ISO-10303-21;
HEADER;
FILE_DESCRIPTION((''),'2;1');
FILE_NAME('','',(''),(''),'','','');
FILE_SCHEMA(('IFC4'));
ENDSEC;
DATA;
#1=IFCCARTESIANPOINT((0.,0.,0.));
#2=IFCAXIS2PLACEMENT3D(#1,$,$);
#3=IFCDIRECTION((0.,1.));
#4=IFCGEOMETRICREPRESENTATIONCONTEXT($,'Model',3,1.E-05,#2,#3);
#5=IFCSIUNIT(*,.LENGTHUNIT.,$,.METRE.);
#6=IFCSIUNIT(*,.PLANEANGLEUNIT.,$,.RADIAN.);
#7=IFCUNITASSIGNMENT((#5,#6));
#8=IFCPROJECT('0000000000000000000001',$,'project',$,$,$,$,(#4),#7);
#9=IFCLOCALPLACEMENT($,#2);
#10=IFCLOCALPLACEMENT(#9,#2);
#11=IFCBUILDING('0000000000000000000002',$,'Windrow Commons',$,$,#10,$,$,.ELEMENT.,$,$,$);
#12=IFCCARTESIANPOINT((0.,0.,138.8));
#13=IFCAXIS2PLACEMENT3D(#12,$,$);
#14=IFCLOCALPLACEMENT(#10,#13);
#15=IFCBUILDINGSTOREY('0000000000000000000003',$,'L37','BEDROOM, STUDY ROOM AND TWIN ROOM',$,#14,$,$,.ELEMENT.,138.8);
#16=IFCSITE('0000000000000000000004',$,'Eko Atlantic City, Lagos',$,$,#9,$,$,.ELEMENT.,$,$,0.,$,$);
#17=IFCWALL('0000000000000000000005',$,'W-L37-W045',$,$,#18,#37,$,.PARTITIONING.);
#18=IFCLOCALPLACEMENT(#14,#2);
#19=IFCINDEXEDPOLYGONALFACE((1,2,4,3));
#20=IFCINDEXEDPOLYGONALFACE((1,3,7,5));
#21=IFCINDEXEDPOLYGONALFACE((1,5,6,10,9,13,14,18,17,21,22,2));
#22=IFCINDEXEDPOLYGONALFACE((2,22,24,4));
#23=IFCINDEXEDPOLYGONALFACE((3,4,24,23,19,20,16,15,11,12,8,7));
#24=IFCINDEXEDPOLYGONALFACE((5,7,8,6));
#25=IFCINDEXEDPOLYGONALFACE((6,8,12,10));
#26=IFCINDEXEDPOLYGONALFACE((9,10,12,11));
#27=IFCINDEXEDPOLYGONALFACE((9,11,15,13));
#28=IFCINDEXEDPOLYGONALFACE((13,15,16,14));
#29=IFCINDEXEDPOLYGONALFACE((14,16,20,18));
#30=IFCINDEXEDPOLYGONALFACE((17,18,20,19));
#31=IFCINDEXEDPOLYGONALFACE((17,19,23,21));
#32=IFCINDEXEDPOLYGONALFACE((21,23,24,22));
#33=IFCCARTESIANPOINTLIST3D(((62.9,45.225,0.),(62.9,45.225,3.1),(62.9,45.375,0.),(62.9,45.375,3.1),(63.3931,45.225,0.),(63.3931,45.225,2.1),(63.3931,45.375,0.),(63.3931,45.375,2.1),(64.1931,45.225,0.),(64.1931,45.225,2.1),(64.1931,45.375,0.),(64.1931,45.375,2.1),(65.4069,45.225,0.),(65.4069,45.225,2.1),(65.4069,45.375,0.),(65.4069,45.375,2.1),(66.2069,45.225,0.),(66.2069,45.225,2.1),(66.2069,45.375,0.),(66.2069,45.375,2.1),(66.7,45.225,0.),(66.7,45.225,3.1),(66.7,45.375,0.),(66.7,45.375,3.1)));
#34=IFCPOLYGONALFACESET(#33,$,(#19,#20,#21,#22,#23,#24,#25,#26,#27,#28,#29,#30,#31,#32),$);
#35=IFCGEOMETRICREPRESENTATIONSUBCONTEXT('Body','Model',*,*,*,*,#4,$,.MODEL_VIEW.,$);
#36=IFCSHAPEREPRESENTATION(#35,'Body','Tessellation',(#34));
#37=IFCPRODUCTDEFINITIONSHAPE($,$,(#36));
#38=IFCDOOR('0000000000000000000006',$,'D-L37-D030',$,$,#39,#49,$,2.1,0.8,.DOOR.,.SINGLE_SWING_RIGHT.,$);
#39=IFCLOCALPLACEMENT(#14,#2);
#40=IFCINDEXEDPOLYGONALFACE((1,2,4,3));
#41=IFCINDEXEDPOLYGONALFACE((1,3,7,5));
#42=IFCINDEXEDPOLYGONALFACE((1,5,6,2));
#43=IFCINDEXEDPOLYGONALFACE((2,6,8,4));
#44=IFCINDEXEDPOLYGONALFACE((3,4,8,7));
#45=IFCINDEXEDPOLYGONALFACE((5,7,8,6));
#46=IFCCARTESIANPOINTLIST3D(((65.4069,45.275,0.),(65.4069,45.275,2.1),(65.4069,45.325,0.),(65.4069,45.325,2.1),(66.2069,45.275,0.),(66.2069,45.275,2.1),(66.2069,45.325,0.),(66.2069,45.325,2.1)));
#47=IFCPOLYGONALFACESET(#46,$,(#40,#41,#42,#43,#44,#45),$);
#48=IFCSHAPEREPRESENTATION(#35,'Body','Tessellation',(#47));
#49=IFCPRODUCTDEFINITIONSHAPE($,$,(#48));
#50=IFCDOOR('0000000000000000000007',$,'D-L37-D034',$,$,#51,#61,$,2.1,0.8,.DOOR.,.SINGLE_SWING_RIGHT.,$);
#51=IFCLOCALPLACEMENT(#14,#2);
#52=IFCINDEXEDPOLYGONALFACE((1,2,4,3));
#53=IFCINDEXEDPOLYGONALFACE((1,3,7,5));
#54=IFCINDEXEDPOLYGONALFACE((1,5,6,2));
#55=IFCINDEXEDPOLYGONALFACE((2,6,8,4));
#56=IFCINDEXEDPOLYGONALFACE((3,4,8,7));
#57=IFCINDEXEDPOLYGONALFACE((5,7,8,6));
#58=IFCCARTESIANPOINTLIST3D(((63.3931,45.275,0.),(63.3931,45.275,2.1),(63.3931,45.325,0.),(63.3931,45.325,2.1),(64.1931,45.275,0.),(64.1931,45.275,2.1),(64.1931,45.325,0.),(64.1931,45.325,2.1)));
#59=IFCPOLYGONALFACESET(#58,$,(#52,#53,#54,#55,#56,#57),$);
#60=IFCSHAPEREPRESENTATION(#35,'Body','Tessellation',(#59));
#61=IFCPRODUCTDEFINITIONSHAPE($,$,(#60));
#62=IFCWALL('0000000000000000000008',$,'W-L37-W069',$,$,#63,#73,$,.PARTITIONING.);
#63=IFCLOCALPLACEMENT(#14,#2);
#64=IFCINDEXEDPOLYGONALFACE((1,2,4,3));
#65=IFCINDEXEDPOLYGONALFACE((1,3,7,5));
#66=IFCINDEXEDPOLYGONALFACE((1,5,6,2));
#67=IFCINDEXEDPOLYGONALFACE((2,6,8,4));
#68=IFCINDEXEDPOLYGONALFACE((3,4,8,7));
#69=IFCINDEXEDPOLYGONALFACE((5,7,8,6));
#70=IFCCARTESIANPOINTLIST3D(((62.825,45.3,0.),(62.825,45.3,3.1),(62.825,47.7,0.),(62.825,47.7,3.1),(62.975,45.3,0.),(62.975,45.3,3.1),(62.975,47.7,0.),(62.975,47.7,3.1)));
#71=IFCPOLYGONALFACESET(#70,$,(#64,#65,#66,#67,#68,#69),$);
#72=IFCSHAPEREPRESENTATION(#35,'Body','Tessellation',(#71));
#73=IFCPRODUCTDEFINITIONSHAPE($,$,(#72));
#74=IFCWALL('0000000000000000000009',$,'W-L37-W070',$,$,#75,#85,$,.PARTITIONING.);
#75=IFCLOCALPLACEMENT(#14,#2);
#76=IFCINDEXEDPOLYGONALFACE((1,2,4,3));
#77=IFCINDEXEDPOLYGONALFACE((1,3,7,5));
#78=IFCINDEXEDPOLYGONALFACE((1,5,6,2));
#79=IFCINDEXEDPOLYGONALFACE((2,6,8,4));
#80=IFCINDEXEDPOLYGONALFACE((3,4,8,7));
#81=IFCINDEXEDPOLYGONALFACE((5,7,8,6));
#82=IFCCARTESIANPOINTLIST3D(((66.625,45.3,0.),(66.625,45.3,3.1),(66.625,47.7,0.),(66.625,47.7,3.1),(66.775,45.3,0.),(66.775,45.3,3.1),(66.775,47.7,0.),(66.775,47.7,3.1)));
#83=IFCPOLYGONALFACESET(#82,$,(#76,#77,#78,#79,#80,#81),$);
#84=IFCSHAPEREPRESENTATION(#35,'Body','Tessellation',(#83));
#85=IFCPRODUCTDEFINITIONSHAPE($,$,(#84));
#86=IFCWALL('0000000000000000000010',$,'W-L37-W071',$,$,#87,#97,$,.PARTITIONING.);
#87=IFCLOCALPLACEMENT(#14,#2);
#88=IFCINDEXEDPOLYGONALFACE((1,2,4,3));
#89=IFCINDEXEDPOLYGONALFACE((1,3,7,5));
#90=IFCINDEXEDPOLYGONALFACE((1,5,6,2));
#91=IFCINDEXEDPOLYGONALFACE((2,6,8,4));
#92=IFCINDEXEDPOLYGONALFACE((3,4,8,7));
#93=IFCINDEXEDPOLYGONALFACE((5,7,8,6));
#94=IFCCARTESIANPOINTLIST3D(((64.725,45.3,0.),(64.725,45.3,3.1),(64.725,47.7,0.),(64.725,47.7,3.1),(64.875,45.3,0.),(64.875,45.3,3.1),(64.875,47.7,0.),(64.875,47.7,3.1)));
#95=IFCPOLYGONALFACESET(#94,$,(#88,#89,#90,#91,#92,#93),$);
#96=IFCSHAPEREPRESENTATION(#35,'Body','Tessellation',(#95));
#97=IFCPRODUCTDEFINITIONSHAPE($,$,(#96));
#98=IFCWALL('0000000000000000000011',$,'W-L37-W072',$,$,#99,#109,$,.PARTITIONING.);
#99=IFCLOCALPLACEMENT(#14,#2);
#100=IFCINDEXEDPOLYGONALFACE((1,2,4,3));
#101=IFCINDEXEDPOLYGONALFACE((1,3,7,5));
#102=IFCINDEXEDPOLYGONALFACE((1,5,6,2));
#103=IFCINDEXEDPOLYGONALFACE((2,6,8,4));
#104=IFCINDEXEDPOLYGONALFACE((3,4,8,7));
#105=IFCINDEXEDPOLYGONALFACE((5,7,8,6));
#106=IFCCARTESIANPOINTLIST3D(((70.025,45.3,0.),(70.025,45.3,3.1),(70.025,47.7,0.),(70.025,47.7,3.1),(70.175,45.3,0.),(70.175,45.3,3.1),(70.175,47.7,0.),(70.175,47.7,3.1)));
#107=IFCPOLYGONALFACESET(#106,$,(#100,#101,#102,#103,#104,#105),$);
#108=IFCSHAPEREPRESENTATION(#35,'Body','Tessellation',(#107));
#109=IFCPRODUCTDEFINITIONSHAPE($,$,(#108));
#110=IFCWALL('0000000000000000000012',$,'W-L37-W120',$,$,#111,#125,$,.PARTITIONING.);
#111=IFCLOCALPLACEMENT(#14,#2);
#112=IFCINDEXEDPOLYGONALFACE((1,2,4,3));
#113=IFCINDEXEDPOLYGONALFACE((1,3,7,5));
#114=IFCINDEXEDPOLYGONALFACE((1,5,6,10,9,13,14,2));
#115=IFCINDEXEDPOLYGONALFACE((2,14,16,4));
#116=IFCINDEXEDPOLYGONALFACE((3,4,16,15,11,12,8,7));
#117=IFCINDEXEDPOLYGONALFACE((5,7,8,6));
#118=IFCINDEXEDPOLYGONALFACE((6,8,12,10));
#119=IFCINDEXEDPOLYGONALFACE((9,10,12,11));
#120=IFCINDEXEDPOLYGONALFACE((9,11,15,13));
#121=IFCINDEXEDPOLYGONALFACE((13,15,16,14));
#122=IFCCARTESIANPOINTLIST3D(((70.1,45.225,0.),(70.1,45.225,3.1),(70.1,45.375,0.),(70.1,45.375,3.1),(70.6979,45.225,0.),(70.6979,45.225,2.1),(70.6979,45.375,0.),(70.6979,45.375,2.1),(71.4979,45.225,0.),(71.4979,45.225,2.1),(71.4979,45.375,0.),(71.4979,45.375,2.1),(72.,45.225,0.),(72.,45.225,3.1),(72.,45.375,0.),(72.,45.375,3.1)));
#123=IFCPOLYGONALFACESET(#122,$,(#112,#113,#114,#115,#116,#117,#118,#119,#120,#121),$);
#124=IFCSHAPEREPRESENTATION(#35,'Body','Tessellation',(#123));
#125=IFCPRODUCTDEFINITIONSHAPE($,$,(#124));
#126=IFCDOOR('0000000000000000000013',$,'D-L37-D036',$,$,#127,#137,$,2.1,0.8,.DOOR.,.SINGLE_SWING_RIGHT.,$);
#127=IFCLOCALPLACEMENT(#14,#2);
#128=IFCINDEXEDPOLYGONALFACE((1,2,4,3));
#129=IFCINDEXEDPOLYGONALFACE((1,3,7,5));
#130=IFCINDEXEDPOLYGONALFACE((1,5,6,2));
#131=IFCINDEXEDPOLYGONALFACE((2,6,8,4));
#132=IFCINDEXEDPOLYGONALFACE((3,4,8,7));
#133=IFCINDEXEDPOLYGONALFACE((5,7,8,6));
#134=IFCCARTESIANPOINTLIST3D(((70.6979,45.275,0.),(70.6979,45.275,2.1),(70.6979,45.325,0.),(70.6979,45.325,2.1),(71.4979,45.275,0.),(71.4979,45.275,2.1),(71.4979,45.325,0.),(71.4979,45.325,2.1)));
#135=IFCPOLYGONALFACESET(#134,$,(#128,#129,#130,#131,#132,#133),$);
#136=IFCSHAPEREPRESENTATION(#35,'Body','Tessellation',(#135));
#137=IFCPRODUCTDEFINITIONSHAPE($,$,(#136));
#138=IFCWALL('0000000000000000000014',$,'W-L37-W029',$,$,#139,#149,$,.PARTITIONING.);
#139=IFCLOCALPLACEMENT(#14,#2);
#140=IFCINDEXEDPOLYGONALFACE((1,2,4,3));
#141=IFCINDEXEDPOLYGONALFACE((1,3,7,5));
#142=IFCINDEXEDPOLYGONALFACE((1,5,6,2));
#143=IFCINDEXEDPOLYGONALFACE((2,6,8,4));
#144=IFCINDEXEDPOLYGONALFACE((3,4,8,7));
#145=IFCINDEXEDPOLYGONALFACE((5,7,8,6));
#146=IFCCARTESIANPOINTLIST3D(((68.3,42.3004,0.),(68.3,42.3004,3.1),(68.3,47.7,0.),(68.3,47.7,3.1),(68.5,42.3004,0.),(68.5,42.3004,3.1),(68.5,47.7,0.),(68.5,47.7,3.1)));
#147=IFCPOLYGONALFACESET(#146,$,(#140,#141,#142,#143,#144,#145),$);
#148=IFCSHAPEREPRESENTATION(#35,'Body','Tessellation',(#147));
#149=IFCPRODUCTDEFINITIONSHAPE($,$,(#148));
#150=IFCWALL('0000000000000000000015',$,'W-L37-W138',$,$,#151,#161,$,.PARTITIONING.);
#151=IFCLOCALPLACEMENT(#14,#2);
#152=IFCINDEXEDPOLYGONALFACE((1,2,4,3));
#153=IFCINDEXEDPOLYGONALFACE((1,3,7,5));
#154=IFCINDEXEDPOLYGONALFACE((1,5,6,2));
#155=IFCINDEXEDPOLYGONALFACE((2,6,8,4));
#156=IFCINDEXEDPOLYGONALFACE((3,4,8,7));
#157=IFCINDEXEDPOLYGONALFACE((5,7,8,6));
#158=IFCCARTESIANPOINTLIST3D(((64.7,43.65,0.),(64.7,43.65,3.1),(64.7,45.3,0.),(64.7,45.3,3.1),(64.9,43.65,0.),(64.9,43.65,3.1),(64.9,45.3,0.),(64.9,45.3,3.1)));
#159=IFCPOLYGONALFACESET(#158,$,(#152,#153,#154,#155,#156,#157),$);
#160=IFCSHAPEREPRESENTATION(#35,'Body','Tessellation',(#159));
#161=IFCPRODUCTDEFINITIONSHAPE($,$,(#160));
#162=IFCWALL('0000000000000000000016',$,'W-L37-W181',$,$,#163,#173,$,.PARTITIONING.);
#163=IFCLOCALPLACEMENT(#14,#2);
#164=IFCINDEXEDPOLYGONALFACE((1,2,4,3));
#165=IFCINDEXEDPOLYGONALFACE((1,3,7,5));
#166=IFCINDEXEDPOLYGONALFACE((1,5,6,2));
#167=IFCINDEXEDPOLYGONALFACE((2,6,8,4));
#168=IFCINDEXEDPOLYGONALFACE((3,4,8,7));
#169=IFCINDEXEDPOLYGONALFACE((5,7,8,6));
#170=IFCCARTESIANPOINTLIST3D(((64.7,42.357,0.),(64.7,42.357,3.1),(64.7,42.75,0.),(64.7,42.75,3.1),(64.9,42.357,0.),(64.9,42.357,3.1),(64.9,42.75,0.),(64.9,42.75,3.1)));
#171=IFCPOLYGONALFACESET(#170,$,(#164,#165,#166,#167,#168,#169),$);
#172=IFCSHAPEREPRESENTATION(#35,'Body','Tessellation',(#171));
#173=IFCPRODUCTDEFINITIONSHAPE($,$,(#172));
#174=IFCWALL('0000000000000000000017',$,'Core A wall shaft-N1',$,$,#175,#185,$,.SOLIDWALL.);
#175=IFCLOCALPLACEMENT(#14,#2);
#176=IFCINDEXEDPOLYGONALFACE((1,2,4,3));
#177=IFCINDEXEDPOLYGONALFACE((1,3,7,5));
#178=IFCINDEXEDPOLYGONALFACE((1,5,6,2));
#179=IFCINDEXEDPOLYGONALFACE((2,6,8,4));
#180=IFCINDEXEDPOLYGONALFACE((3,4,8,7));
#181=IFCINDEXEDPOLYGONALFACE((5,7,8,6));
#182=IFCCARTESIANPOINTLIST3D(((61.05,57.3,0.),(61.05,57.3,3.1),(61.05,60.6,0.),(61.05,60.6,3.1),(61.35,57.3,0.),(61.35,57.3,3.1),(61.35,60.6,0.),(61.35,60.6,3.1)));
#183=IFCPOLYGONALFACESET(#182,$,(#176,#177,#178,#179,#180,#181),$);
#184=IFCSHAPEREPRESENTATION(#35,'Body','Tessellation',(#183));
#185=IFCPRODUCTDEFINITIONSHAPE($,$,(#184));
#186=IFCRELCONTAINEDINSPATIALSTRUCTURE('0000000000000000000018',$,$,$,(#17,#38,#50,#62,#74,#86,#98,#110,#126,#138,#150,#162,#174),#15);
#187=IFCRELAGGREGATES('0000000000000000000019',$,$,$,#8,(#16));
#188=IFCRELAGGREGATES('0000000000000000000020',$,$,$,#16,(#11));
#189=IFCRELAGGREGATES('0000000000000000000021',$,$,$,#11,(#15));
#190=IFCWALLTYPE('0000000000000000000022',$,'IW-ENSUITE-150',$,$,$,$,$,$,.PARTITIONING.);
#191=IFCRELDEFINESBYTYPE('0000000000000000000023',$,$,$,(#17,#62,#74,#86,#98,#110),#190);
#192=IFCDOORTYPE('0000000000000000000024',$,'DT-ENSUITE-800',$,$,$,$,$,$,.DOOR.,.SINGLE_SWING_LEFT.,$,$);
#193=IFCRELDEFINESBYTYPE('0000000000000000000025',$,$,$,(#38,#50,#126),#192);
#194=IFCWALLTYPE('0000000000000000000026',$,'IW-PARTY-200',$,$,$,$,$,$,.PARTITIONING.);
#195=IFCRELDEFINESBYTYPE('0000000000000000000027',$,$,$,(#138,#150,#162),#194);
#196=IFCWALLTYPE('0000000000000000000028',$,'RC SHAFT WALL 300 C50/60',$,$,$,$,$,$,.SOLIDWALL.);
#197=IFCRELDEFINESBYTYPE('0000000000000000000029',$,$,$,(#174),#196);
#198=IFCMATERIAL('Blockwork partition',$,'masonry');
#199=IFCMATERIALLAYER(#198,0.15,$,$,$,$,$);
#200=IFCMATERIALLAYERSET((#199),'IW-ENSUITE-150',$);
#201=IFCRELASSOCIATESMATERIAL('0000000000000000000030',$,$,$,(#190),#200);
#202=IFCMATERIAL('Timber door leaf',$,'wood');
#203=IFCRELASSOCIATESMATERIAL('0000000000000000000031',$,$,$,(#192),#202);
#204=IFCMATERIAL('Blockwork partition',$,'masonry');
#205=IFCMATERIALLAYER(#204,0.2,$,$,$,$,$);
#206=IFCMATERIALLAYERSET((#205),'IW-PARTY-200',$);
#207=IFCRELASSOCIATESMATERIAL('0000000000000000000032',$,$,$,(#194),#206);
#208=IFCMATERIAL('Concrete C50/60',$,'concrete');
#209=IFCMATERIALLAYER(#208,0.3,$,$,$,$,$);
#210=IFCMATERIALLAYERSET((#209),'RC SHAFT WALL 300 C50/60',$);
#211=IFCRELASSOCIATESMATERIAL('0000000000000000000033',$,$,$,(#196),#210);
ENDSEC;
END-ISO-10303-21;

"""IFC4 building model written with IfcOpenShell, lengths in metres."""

from ifc_helpers import new_model, si_unit, direction, frame, frame_2d, origin, place, context, subcontext, project, spatial, rectangle, extrude, material, layer, layer_set, type_object, element, fill, save


model = new_model("IFC4")

# Units and contexts
model_context = context("Model", 3, precision=1e-05, world=origin(), true_north=direction((0.0, 1.0)))
body_context = subcontext(model_context, "Body", "Model", "MODEL_VIEW")
ifc_project = project(units=[si_unit("LENGTHUNIT", "METRE"), si_unit("PLANEANGLEUNIT", "RADIAN")], contexts=[model_context])

# Site, building, storey
site_placement = place(None, origin())
site = spatial("IfcSite", under=ifc_project, at=site_placement, Name="Eko Atlantic City, Lagos", CompositionType="ELEMENT", RefElevation=0.0)
building_placement = place(site_placement, origin())
building = spatial("IfcBuilding", under=site, at=building_placement, Name="Windrow Commons", CompositionType="ELEMENT")
storey_placement = place(building_placement, frame((0.0, 0.0, 138.8)))
storey = spatial("IfcBuildingStorey", under=building, at=storey_placement, Name="L37", Description="BEDROOM, STUDY ROOM AND TWIN ROOM", CompositionType="ELEMENT", Elevation=138.8)

# Wall, openings, doors
ifc_material_1 = material(Name="Blockwork partition", Category="masonry")
ifc_layer_1 = layer(ifc_material_1, 0.15)
ifc_layer_set_1 = layer_set([ifc_layer_1], Name="IW-ENSUITE-150")
wall_type_1 = type_object("IfcWallType", Name="IW-ENSUITE-150", PredefinedType="PARTITIONING", material=ifc_layer_set_1)
wall_1_placement = place(storey_placement, frame((62.9, 45.3, 0.0), z_axis=(0.0, 0.0, 1.0), x_axis=(1.0, 0.0, 0.0)))
wall_1 = element("IfcWall", 1, at=wall_1_placement, inside=storey, type_object=wall_type_1, Name="W-L37-W045", PredefinedType="PARTITIONING", context=body_context, shape_type="SweptSolid", body=[
    extrude(rectangle(XDim=3.8, YDim=0.15, at=frame_2d((1.9, 0.0))), origin(), (0.0, 0.0, 1.0), 3.1),
])
opening_1_placement = place(wall_1_placement, frame((2.5069, 0.0, 0.0)))
opening_1 = element("IfcOpeningElement", 2, at=opening_1_placement, cuts=wall_1, PredefinedType="OPENING", context=body_context, shape_type="SweptSolid", body=[
    extrude(rectangle(XDim=0.8, YDim=2.1, at=frame_2d((0.4, 1.05))), frame((0.0, 0.085, 0.0), z_axis=(0.0, -1.0, 0.0), x_axis=(1.0, 0.0, 0.0)), (0.0, 0.0, 1.0), 0.17),
])
opening_2_placement = place(wall_1_placement, frame((0.4931, 0.0, 0.0)))
opening_2 = element("IfcOpeningElement", 3, at=opening_2_placement, cuts=wall_1, PredefinedType="OPENING", context=body_context, shape_type="SweptSolid", body=[
    extrude(rectangle(XDim=0.8, YDim=2.1, at=frame_2d((0.4, 1.05))), frame((0.0, 0.085, 0.0), z_axis=(0.0, -1.0, 0.0), x_axis=(1.0, 0.0, 0.0)), (0.0, 0.0, 1.0), 0.17),
])
ifc_material_2 = material(Name="Timber door leaf", Category="wood")
door_type = type_object("IfcDoorType", Name="DT-ENSUITE-800", OperationType="SINGLE_SWING_LEFT", PredefinedType="DOOR", material=ifc_material_2)
door_1_placement = place(opening_1_placement, origin())
door_1 = element("IfcDoor", 4, at=door_1_placement, inside=storey, type_object=door_type, Name="D-L37-D030", OperationType="SINGLE_SWING_RIGHT", OverallHeight=2.1, OverallWidth=0.8, PredefinedType="DOOR", context=body_context, shape_type="SweptSolid", body=[
    extrude(rectangle(XDim=0.8, YDim=2.1, at=frame_2d((0.4, 1.05))), frame((0.0, 0.025, 0.0), z_axis=(0.0, -1.0, 0.0), x_axis=(1.0, 0.0, 0.0)), (0.0, 0.0, 1.0), 0.05),
])
fill(opening_1, door_1)
door_2_placement = place(opening_2_placement, origin())
door_2 = element("IfcDoor", 5, at=door_2_placement, inside=storey, type_object=door_type, Name="D-L37-D034", OperationType="SINGLE_SWING_RIGHT", OverallHeight=2.1, OverallWidth=0.8, PredefinedType="DOOR", context=body_context, shape_type="SweptSolid", body=[
    extrude(rectangle(XDim=0.8, YDim=2.1, at=frame_2d((0.4, 1.05))), frame((0.0, 0.025, 0.0), z_axis=(0.0, -1.0, 0.0), x_axis=(1.0, 0.0, 0.0)), (0.0, 0.0, 1.0), 0.05),
])
fill(opening_2, door_2)

# Walls
for number, where, z_axis, x_axis, name in (
    (6, (62.9, 45.3, 0.0), (0.0, 0.0, 1.0), (0.0, 1.0, 0.0), "W-L37-W069"),
    (7, (66.7, 45.3, 0.0), (0.0, 0.0, 1.0), (0.0, 1.0, 0.0), "W-L37-W070"),
    (8, (64.8, 45.3, 0.0), (0.0, 0.0, 1.0), (0.0, 1.0, 0.0), "W-L37-W071"),
    (9, (70.1, 45.3, 0.0), (0.0, 0.0, 1.0), (0.0, 1.0, 0.0), "W-L37-W072"),
):
    element("IfcWall", number, at=place(storey_placement, frame(where, z_axis=z_axis, x_axis=x_axis)), inside=storey, type_object=wall_type_1, Name=name, PredefinedType="PARTITIONING", context=body_context, shape_type="SweptSolid", body=[
        extrude(rectangle(XDim=2.4, YDim=0.15, at=frame_2d((1.2, 0.0))), origin(), (0.0, 0.0, 1.0), 3.1),
    ])

# Wall, opening, door
wall_2_placement = place(storey_placement, frame((70.1, 45.3, 0.0), z_axis=(0.0, 0.0, 1.0), x_axis=(1.0, 0.0, 0.0)))
wall_2 = element("IfcWall", 10, at=wall_2_placement, inside=storey, type_object=wall_type_1, Name="W-L37-W120", PredefinedType="PARTITIONING", context=body_context, shape_type="SweptSolid", body=[
    extrude(rectangle(XDim=1.9, YDim=0.15, at=frame_2d((0.95, 0.0))), origin(), (0.0, 0.0, 1.0), 3.1),
])
opening_3_placement = place(wall_2_placement, frame((0.5979, 0.0, 0.0)))
opening_3 = element("IfcOpeningElement", 11, at=opening_3_placement, cuts=wall_2, PredefinedType="OPENING", context=body_context, shape_type="SweptSolid", body=[
    extrude(rectangle(XDim=0.8, YDim=2.1, at=frame_2d((0.4, 1.05))), frame((0.0, 0.085, 0.0), z_axis=(0.0, -1.0, 0.0), x_axis=(1.0, 0.0, 0.0)), (0.0, 0.0, 1.0), 0.17),
])
door_3_placement = place(opening_3_placement, origin())
door_3 = element("IfcDoor", 12, at=door_3_placement, inside=storey, type_object=door_type, Name="D-L37-D036", OperationType="SINGLE_SWING_RIGHT", OverallHeight=2.1, OverallWidth=0.8, PredefinedType="DOOR", context=body_context, shape_type="SweptSolid", body=[
    extrude(rectangle(XDim=0.8, YDim=2.1, at=frame_2d((0.4, 1.05))), frame((0.0, 0.025, 0.0), z_axis=(0.0, -1.0, 0.0), x_axis=(1.0, 0.0, 0.0)), (0.0, 0.0, 1.0), 0.05),
])
fill(opening_3, door_3)

# Walls
ifc_material_3 = material(Name="Blockwork partition", Category="masonry")
ifc_layer_2 = layer(ifc_material_3, 0.2)
ifc_layer_set_2 = layer_set([ifc_layer_2], Name="IW-PARTY-200")
wall_type_2 = type_object("IfcWallType", Name="IW-PARTY-200", PredefinedType="PARTITIONING", material=ifc_layer_set_2)
wall_3_placement = place(storey_placement, frame((68.4, 42.3004, 0.0), z_axis=(0.0, 0.0, 1.0), x_axis=(0.0, 1.0, 0.0)))
element("IfcWall", 13, at=wall_3_placement, inside=storey, type_object=wall_type_2, Name="W-L37-W029", PredefinedType="PARTITIONING", context=body_context, shape_type="SweptSolid", body=[
    extrude(rectangle(XDim=5.3996, YDim=0.2, at=frame_2d((2.6998, 0.0))), origin(), (0.0, 0.0, 1.0), 3.1),
])
wall_4_placement = place(storey_placement, frame((64.8, 43.65, 0.0), z_axis=(0.0, 0.0, 1.0), x_axis=(0.0, 1.0, 0.0)))
element("IfcWall", 14, at=wall_4_placement, inside=storey, type_object=wall_type_2, Name="W-L37-W138", PredefinedType="PARTITIONING", context=body_context, shape_type="SweptSolid", body=[
    extrude(rectangle(XDim=1.65, YDim=0.2, at=frame_2d((0.825, 0.0))), origin(), (0.0, 0.0, 1.0), 3.1),
])
wall_5_placement = place(storey_placement, frame((64.8, 42.357, 0.0), z_axis=(0.0, 0.0, 1.0), x_axis=(0.0, 1.0, 0.0)))
element("IfcWall", 15, at=wall_5_placement, inside=storey, type_object=wall_type_2, Name="W-L37-W181", PredefinedType="PARTITIONING", context=body_context, shape_type="SweptSolid", body=[
    extrude(rectangle(XDim=0.393, YDim=0.2, at=frame_2d((0.1965, 0.0))), origin(), (0.0, 0.0, 1.0), 3.1),
])
ifc_material_4 = material(Name="Concrete C50/60", Category="concrete")
ifc_layer_3 = layer(ifc_material_4, 0.3)
ifc_layer_set_3 = layer_set([ifc_layer_3], Name="RC SHAFT WALL 300 C50/60")
wall_type_3 = type_object("IfcWallType", Name="RC SHAFT WALL 300 C50/60", PredefinedType="SOLIDWALL", material=ifc_layer_set_3)
for number, where, z_axis, x_axis, name in (
    (16, (61.2, 57.3, 0.0), (0.0, 0.0, 1.0), (0.0, 1.0, 0.0), "Core A wall shaft-N1"),
):
    element("IfcWall", number, at=place(storey_placement, frame(where, z_axis=z_axis, x_axis=x_axis)), inside=storey, type_object=wall_type_3, Name=name, PredefinedType="SOLIDWALL", context=body_context, shape_type="SweptSolid", body=[
        extrude(rectangle(XDim=3.3, YDim=0.3, at=frame_2d((1.65, 0.0))), origin(), (0.0, 0.0, 1.0), 3.1),
    ])

save(model, "model.ifc")
